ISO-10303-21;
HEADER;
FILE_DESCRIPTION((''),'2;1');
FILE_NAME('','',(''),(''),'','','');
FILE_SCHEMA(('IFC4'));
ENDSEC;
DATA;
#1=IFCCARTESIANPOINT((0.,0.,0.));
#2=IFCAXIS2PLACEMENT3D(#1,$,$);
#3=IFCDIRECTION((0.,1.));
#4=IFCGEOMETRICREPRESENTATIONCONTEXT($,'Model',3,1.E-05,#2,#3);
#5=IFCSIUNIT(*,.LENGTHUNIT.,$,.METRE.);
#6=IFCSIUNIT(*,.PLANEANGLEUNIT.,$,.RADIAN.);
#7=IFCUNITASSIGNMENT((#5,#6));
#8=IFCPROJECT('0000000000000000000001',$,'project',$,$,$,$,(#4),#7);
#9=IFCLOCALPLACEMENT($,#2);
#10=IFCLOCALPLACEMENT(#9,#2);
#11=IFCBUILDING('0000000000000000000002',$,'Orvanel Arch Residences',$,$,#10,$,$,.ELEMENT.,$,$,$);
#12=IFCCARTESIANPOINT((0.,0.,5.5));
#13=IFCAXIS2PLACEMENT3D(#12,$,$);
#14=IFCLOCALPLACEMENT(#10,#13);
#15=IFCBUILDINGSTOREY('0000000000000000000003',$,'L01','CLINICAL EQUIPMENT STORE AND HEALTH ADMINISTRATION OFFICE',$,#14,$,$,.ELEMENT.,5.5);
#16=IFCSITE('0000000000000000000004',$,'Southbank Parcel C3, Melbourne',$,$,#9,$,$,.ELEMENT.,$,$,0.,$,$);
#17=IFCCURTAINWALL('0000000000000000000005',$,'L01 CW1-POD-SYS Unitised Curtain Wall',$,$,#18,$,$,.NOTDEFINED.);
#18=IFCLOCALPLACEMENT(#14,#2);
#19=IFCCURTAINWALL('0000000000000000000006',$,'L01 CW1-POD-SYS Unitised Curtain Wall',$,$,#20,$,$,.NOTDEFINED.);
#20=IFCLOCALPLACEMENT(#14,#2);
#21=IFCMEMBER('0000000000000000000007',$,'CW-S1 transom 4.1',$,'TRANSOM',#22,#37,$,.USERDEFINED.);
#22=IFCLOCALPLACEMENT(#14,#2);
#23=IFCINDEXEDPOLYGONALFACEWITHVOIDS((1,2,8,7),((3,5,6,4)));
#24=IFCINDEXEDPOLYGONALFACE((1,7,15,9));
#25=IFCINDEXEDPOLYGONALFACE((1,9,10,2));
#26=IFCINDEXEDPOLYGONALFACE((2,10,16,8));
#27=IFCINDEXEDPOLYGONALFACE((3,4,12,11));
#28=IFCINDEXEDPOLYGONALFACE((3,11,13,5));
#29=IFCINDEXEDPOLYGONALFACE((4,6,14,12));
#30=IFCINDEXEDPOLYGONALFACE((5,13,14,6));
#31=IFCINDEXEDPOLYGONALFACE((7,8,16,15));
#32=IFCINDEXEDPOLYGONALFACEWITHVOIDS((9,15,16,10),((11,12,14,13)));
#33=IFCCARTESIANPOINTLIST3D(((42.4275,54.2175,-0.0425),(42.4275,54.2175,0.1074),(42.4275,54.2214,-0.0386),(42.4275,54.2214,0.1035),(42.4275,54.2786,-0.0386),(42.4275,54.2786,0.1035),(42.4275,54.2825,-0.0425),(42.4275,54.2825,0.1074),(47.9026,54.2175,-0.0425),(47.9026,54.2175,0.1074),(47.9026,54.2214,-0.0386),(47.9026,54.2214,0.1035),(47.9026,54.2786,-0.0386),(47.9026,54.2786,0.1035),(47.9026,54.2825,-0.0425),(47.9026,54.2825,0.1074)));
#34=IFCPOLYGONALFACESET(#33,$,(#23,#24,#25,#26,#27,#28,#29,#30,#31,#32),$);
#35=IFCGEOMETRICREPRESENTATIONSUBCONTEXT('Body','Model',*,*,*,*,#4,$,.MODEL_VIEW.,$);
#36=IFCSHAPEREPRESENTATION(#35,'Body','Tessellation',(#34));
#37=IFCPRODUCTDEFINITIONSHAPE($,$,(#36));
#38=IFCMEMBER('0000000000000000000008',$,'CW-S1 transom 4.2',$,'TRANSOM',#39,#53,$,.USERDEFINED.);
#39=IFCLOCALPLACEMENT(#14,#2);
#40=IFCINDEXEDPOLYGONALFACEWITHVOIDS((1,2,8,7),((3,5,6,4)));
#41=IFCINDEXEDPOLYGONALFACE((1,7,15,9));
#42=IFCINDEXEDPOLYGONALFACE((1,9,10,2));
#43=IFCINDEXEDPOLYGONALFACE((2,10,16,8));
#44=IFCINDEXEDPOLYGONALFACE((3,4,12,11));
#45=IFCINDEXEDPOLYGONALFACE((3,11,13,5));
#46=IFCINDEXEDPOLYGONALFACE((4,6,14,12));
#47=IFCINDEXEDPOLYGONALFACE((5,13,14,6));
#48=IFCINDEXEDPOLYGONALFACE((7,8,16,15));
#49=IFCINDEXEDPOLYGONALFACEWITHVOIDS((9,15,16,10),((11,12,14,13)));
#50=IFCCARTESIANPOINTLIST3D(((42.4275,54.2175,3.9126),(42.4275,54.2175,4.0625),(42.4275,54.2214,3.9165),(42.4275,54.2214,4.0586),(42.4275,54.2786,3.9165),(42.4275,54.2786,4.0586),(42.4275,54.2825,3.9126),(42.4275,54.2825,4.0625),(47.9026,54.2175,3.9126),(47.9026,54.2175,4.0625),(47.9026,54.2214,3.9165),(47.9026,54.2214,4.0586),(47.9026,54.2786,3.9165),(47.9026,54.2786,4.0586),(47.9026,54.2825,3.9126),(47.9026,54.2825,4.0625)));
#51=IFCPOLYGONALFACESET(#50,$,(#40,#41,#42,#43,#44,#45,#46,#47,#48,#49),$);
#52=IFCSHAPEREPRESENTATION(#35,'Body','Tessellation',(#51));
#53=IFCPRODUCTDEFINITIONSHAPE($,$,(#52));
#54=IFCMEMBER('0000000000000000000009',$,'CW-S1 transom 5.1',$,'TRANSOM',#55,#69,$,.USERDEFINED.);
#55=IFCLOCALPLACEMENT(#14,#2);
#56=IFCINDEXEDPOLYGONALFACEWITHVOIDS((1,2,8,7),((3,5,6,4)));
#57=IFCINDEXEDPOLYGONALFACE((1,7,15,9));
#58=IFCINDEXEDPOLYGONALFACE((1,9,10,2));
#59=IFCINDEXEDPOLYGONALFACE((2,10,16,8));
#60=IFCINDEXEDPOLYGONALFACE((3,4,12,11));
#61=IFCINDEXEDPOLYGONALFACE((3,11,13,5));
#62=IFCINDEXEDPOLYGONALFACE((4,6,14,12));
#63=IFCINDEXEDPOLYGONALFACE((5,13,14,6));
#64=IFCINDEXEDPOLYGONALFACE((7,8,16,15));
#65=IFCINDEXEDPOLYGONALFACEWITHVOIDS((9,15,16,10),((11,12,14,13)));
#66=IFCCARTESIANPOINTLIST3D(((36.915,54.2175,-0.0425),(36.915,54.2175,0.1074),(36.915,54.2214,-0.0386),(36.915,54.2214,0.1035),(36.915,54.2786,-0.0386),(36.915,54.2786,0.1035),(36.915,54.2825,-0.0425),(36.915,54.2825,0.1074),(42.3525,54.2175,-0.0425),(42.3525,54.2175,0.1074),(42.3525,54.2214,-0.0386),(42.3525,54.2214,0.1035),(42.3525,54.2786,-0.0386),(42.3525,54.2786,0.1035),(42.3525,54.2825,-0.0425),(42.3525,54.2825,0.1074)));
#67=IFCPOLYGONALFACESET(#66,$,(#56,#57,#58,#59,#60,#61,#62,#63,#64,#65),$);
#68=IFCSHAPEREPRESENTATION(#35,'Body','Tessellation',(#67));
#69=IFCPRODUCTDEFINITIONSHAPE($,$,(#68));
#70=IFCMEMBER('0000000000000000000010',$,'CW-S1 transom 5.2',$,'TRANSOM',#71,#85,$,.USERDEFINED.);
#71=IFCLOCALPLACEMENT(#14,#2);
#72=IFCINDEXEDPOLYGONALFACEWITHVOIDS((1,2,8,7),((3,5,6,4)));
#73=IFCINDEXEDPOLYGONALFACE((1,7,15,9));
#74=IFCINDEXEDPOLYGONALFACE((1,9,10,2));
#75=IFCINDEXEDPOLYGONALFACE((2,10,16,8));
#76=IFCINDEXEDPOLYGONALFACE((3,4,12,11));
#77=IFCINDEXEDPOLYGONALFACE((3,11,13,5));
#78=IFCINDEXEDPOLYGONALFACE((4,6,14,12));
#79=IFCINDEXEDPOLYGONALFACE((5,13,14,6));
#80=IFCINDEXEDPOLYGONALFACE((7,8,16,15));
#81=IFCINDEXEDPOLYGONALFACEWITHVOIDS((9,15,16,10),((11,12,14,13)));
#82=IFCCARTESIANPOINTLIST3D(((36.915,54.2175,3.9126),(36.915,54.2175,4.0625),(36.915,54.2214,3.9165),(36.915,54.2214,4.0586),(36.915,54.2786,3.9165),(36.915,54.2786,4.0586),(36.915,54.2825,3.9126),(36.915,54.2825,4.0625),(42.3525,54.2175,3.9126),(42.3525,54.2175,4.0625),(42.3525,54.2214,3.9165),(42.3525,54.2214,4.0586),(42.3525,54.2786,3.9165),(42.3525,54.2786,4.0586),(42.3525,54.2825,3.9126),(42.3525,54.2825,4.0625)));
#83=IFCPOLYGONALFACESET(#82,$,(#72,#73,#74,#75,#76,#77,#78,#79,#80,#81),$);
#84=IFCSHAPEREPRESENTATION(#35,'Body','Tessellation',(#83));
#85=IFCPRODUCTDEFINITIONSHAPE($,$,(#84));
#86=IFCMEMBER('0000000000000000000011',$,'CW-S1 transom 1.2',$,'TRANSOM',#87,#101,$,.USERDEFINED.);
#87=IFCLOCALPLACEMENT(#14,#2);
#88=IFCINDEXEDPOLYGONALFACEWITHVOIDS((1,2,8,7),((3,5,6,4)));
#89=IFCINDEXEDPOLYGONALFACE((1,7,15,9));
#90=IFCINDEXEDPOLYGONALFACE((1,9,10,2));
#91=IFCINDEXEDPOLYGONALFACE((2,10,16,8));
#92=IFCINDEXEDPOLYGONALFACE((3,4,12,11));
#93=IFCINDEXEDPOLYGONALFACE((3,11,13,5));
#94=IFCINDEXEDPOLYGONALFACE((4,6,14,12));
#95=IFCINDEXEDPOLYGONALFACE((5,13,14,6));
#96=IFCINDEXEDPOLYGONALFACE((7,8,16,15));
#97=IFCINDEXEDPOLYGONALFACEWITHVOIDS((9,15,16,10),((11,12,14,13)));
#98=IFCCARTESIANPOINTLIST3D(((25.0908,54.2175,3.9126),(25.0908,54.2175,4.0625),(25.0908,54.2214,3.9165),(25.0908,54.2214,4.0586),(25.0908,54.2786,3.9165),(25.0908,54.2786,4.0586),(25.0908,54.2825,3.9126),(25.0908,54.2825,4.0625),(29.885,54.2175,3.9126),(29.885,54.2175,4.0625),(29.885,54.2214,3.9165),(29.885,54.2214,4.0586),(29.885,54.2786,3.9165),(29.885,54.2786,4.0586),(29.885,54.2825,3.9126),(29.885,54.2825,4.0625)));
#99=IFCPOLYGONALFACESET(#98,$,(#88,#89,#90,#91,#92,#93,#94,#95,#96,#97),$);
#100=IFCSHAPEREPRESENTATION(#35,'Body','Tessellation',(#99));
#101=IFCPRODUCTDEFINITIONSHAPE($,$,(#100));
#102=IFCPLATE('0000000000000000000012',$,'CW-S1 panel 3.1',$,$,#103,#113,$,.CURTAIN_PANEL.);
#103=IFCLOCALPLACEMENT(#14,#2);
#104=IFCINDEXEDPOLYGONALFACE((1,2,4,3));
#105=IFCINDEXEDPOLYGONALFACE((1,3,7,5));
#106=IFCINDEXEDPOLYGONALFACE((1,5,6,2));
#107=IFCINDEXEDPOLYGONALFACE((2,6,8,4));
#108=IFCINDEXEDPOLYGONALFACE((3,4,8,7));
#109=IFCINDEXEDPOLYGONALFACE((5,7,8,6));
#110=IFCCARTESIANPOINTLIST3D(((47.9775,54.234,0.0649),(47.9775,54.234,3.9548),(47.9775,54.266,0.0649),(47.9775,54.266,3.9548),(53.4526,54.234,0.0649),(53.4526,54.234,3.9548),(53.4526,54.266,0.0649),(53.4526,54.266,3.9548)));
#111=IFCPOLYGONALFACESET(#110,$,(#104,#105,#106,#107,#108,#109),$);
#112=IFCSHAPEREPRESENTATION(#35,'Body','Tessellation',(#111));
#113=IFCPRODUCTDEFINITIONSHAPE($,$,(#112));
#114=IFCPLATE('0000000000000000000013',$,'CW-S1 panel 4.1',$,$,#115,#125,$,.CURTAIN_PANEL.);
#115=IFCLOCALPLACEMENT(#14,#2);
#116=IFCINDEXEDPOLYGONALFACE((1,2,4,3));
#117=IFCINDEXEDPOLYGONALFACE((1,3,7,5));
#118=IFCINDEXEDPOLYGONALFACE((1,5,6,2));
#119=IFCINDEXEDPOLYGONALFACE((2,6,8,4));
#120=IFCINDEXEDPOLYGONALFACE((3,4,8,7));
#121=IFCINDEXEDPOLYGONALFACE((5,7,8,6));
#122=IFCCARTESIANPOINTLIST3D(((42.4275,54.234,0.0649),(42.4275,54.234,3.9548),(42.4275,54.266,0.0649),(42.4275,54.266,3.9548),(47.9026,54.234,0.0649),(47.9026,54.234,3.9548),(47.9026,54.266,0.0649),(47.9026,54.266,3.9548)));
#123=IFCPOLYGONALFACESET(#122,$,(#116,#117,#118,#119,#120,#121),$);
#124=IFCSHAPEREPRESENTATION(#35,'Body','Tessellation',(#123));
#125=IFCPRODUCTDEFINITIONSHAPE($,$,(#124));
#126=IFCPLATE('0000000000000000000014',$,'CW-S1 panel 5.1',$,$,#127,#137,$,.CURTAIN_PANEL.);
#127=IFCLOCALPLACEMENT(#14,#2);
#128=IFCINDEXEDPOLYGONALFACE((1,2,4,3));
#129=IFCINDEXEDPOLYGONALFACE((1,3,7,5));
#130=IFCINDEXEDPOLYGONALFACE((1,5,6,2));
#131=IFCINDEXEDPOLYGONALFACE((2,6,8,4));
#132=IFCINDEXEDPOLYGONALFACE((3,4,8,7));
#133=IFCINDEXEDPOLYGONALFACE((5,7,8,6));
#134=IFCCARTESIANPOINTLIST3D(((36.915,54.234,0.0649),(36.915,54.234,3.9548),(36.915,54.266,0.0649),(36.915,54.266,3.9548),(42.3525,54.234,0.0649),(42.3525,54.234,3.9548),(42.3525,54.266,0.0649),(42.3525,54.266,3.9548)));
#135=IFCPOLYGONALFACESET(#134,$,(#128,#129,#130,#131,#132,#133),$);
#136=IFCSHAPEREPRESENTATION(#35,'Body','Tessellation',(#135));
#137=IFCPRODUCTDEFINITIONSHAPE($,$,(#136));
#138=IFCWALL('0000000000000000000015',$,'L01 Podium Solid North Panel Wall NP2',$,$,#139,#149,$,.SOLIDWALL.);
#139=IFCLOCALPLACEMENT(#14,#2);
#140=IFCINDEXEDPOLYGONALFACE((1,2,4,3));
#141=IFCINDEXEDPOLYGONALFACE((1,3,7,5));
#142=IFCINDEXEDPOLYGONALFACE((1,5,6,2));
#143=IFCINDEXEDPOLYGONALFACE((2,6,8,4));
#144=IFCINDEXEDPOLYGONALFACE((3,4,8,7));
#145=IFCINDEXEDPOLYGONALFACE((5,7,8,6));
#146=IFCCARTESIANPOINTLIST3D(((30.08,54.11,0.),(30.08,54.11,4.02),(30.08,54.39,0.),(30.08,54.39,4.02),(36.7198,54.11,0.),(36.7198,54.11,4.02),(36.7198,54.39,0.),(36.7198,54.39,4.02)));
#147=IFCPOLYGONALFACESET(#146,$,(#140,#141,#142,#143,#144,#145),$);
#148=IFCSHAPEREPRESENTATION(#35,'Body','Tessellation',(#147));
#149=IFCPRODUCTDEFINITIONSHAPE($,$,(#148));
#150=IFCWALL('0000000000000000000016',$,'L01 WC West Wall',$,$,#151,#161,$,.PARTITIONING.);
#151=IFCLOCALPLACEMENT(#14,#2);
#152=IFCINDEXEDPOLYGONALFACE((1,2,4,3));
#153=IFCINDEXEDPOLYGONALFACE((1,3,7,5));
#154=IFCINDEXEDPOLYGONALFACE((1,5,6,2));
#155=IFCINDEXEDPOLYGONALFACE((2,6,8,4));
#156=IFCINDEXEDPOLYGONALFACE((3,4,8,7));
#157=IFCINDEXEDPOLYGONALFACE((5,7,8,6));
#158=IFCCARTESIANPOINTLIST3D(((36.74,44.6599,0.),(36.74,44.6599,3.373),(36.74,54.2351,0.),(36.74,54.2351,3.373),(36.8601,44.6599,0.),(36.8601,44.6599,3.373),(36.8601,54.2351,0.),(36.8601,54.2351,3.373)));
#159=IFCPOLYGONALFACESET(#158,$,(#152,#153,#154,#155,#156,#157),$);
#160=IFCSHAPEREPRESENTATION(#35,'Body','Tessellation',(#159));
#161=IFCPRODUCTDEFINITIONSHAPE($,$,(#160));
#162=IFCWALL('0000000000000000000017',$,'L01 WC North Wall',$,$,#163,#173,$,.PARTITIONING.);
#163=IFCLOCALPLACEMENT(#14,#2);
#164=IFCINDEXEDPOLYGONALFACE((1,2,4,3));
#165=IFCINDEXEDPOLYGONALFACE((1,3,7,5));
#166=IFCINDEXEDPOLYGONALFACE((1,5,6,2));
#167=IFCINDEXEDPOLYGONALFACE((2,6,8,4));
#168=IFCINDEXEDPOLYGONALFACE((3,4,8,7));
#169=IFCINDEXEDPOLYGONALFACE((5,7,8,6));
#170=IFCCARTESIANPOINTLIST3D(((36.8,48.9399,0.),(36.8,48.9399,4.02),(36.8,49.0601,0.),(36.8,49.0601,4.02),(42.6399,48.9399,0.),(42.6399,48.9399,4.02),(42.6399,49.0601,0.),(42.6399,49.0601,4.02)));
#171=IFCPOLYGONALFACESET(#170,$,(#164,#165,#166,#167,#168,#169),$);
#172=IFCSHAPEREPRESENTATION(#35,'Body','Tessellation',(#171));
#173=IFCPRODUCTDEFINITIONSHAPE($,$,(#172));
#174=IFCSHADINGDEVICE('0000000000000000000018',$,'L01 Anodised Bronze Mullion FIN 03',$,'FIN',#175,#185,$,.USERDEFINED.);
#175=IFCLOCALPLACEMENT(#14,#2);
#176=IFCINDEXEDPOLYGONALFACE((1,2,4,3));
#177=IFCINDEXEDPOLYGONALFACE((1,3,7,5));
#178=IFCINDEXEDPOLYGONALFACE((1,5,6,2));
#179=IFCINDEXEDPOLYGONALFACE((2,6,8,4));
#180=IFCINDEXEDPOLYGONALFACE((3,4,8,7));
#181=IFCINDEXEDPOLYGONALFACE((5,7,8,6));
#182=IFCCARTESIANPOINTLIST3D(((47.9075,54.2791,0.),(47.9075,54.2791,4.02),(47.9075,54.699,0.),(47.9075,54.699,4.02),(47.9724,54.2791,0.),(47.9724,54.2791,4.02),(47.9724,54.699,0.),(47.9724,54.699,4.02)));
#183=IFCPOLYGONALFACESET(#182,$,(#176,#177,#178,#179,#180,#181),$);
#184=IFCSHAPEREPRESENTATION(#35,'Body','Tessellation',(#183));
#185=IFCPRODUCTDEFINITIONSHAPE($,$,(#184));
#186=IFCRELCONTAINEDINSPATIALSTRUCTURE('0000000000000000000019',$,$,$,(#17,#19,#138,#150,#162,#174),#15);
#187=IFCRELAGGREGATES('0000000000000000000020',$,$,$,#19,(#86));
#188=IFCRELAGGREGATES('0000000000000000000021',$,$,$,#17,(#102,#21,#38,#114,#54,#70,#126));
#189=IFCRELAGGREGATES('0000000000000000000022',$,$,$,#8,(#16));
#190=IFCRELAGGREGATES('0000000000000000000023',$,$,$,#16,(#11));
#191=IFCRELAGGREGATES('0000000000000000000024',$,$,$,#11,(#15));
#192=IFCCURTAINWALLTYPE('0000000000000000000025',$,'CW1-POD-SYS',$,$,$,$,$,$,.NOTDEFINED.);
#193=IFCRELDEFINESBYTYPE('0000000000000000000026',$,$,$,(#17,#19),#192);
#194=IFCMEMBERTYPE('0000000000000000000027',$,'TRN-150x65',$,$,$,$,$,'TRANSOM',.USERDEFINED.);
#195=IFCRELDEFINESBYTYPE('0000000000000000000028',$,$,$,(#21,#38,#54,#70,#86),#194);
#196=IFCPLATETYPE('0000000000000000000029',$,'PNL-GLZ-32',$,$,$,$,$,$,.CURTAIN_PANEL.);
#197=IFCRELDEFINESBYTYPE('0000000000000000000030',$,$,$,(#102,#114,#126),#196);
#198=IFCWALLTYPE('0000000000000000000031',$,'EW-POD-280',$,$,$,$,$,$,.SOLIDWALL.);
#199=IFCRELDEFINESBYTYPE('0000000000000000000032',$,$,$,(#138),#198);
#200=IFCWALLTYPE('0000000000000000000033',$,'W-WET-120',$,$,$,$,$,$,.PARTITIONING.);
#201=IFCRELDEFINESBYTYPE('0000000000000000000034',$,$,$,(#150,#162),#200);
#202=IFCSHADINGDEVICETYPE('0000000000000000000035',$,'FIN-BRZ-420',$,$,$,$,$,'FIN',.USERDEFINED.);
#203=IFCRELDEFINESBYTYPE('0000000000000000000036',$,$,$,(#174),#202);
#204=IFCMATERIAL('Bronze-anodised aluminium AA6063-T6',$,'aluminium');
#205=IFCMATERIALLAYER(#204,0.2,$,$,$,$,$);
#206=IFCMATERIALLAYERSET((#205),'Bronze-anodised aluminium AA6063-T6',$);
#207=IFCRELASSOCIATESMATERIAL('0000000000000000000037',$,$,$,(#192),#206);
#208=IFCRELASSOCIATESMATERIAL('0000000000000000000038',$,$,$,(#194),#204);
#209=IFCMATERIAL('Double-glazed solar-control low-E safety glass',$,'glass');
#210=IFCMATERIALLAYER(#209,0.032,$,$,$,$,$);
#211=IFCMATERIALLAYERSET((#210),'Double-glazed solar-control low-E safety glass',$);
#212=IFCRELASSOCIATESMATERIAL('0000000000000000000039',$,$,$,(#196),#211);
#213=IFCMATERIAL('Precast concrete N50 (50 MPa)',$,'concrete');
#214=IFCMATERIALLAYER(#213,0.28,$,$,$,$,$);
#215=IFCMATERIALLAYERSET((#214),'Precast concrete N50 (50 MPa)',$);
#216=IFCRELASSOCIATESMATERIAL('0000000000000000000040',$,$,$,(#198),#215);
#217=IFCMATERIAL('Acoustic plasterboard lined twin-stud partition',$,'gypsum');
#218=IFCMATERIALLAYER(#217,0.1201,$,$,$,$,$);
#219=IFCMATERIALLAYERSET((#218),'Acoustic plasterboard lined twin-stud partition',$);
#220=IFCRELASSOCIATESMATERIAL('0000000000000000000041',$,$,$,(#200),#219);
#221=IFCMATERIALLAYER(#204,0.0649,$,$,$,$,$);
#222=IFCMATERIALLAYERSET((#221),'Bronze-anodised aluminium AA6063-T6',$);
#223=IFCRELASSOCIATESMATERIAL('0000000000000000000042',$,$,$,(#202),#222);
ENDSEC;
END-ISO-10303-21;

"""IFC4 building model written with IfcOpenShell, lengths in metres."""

from ifc_helpers import new_model, si_unit, direction, frame, frame_2d, origin, origin_2d, place, context, subcontext, project, spatial, rectangle, hollow_rectangle, extrude, material, layer, layer_set, material_profile, profile_set, type_object, element, aggregate, save


model = new_model("IFC4")

# Units and contexts
model_context = context("Model", 3, precision=1e-05, world=origin(), true_north=direction((0.0, 1.0)))
body_context = subcontext(model_context, "Body", "Model", "MODEL_VIEW")
ifc_project = project(units=[si_unit("LENGTHUNIT", "METRE"), si_unit("PLANEANGLEUNIT", "RADIAN")], contexts=[model_context])

# Site, building, storey
site_placement = place(None, origin())
site = spatial("IfcSite", under=ifc_project, at=site_placement, Name="Southbank Parcel C3, Melbourne", CompositionType="ELEMENT", RefElevation=0.0)
building_placement = place(site_placement, origin())
building = spatial("IfcBuilding", under=site, at=building_placement, Name="Orvanel Arch Residences", CompositionType="ELEMENT")
storey_placement = place(building_placement, frame((0.0, 0.0, 5.5)))
storey = spatial("IfcBuildingStorey", under=building, at=storey_placement, Name="L01", Description="CLINICAL EQUIPMENT STORE AND HEALTH ADMINISTRATION OFFICE", CompositionType="ELEMENT", Elevation=5.5)

# Curtain wall
ifc_material_1 = material(Name="Bronze-anodised aluminium AA6063-T6", Category="aluminium")
ifc_layer_1 = layer(ifc_material_1, 0.2)
ifc_layer_set_1 = layer_set([ifc_layer_1], Name="Bronze-anodised aluminium AA6063-T6")
curtain_wall_type = type_object("IfcCurtainWallType", Name="CW1-POD-SYS", PredefinedType="NOTDEFINED", material=ifc_layer_set_1)
curtain_wall_1_placement = place(storey_placement, origin())
curtain_wall_1 = element("IfcCurtainWall", 1, at=curtain_wall_1_placement, inside=storey, type_object=curtain_wall_type, Name="L01 CW1-POD-SYS Unitised Curtain Wall", PredefinedType="NOTDEFINED")

# Curtain wall
curtain_wall_2_placement = place(storey_placement, origin())
curtain_wall_2 = element("IfcCurtainWall", 2, at=curtain_wall_2_placement, inside=storey, type_object=curtain_wall_type, Name="L01 CW1-POD-SYS Unitised Curtain Wall", PredefinedType="NOTDEFINED")

# Members
ifc_material_profile_1 = material_profile(ifc_material_1, hollow_rectangle(XDim=0.0649, YDim=0.1499, WallThickness=0.0039, at=origin_2d()), Name="ALU150x65x4")
ifc_profile_set_1 = profile_set([ifc_material_profile_1], Name="Bronze-anodised aluminium AA6063-T6")
member_type_1 = type_object("IfcMemberType", Name="TRN-150x65", ElementType="TRANSOM", PredefinedType="USERDEFINED", material=ifc_profile_set_1)
member_1_placement = place(storey_placement, frame((47.9026, 54.25, 0.0325), z_axis=(-1.0, 0.0, 0.0), x_axis=(0.0, -1.0, 0.0)))
member_1 = element("IfcMember", 3, at=member_1_placement, type_object=member_type_1, Name="CW-S1 transom 4.1", ObjectType="TRANSOM", PredefinedType="USERDEFINED", context=body_context, shape_type="SweptSolid", body=[
    extrude(hollow_rectangle(XDim=0.0649, YDim=0.1499, WallThickness=0.0039, at=origin_2d()), origin(), (0.0, 0.0, 1.0), 5.4751),
])
member_2_placement = place(storey_placement, frame((47.9026, 54.25, 3.9875), z_axis=(-1.0, 0.0, 0.0), x_axis=(0.0, -1.0, 0.0)))
member_2 = element("IfcMember", 4, at=member_2_placement, type_object=member_type_1, Name="CW-S1 transom 4.2", ObjectType="TRANSOM", PredefinedType="USERDEFINED", context=body_context, shape_type="SweptSolid", body=[
    extrude(hollow_rectangle(XDim=0.0649, YDim=0.1499, WallThickness=0.0039, at=origin_2d()), origin(), (0.0, 0.0, 1.0), 5.4751),
])
member_3_placement = place(storey_placement, frame((42.3525, 54.25, 0.0325), z_axis=(-1.0, 0.0, 0.0), x_axis=(0.0, -1.0, 0.0)))
member_3 = element("IfcMember", 5, at=member_3_placement, type_object=member_type_1, Name="CW-S1 transom 5.1", ObjectType="TRANSOM", PredefinedType="USERDEFINED", context=body_context, shape_type="SweptSolid", body=[
    extrude(hollow_rectangle(XDim=0.0649, YDim=0.1499, WallThickness=0.0039, at=origin_2d()), origin(), (0.0, 0.0, 1.0), 5.4375),
])
member_4_placement = place(storey_placement, frame((42.3525, 54.25, 3.9875), z_axis=(-1.0, 0.0, 0.0), x_axis=(0.0, -1.0, 0.0)))
member_4 = element("IfcMember", 6, at=member_4_placement, type_object=member_type_1, Name="CW-S1 transom 5.2", ObjectType="TRANSOM", PredefinedType="USERDEFINED", context=body_context, shape_type="SweptSolid", body=[
    extrude(hollow_rectangle(XDim=0.0649, YDim=0.1499, WallThickness=0.0039, at=origin_2d()), origin(), (0.0, 0.0, 1.0), 5.4375),
])
member_5_placement = place(storey_placement, frame((29.885, 54.25, 3.9875), z_axis=(-1.0, 0.0, 0.0), x_axis=(0.0, -1.0, 0.0)))
member_5 = element("IfcMember", 7, at=member_5_placement, type_object=member_type_1, Name="CW-S1 transom 1.2", ObjectType="TRANSOM", PredefinedType="USERDEFINED", context=body_context, shape_type="SweptSolid", body=[
    extrude(hollow_rectangle(XDim=0.0649, YDim=0.1499, WallThickness=0.0039, at=origin_2d()), origin(), (0.0, 0.0, 1.0), 4.7942),
])
aggregate(curtain_wall_2, [member_5])

# Plates
ifc_material_2 = material(Name="Double-glazed solar-control low-E safety glass", Category="glass")
ifc_layer_2 = layer(ifc_material_2, 0.032)
ifc_layer_set_2 = layer_set([ifc_layer_2], Name="Double-glazed solar-control low-E safety glass")
plate_type = type_object("IfcPlateType", Name="PNL-GLZ-32", PredefinedType="CURTAIN_PANEL", material=ifc_layer_set_2)
plate_1_placement = place(storey_placement, frame((50.7151, 54.25, 0.0649), z_axis=(0.0, 0.0, 1.0), x_axis=(-1.0, 0.0, 0.0)))
plate_1 = element("IfcPlate", 8, at=plate_1_placement, type_object=plate_type, Name="CW-S1 panel 3.1", PredefinedType="CURTAIN_PANEL", context=body_context, shape_type="SweptSolid", body=[
    extrude(rectangle(XDim=5.4751, YDim=0.032, at=origin_2d()), origin(), (0.0, 0.0, 1.0), 3.8899),
])
plate_2_placement = place(storey_placement, frame((45.165, 54.25, 0.0649), z_axis=(0.0, 0.0, 1.0), x_axis=(-1.0, 0.0, 0.0)))
plate_2 = element("IfcPlate", 9, at=plate_2_placement, type_object=plate_type, Name="CW-S1 panel 4.1", PredefinedType="CURTAIN_PANEL", context=body_context, shape_type="SweptSolid", body=[
    extrude(rectangle(XDim=5.4751, YDim=0.032, at=origin_2d()), origin(), (0.0, 0.0, 1.0), 3.8899),
])
plate_3_placement = place(storey_placement, frame((39.6338, 54.25, 0.0649), z_axis=(0.0, 0.0, 1.0), x_axis=(-1.0, 0.0, 0.0)))
plate_3 = element("IfcPlate", 10, at=plate_3_placement, type_object=plate_type, Name="CW-S1 panel 5.1", PredefinedType="CURTAIN_PANEL", context=body_context, shape_type="SweptSolid", body=[
    extrude(rectangle(XDim=5.4375, YDim=0.032, at=origin_2d()), origin(), (0.0, 0.0, 1.0), 3.8899),
])
aggregate(curtain_wall_1, [plate_1, member_1, member_2, plate_2, member_3, member_4, plate_3])

# Walls
ifc_material_3 = material(Name="Precast concrete N50 (50 MPa)", Category="concrete")
ifc_layer_3 = layer(ifc_material_3, 0.28)
ifc_layer_set_3 = layer_set([ifc_layer_3], Name="Precast concrete N50 (50 MPa)")
wall_type_1 = type_object("IfcWallType", Name="EW-POD-280", PredefinedType="SOLIDWALL", material=ifc_layer_set_3)
wall_1_placement = place(storey_placement, frame((30.0801, 54.25, 0.0), z_axis=(0.0, 0.0, 1.0), x_axis=(1.0, 0.0, 0.0)))
element("IfcWall", 11, at=wall_1_placement, inside=storey, type_object=wall_type_1, Name="L01 Podium Solid North Panel Wall NP2", PredefinedType="SOLIDWALL", context=body_context, shape_type="SweptSolid", body=[
    extrude(rectangle(XDim=6.6399, YDim=0.28, at=frame_2d((3.3198, 0.0))), origin(), (0.0, 0.0, 1.0), 4.02),
])
ifc_material_4 = material(Name="Acoustic plasterboard lined twin-stud partition", Category="gypsum")
ifc_layer_4 = layer(ifc_material_4, 0.1201)
ifc_layer_set_4 = layer_set([ifc_layer_4], Name="Acoustic plasterboard lined twin-stud partition")
wall_type_2 = type_object("IfcWallType", Name="W-WET-120", PredefinedType="PARTITIONING", material=ifc_layer_set_4)
wall_2_placement = place(storey_placement, frame((36.8, 44.6599, 0.0), z_axis=(0.0, 0.0, 1.0), x_axis=(0.0, 1.0, 0.0)))
element("IfcWall", 12, at=wall_2_placement, inside=storey, type_object=wall_type_2, Name="L01 WC West Wall", PredefinedType="PARTITIONING", context=body_context, shape_type="SweptSolid", body=[
    extrude(rectangle(XDim=9.5752, YDim=0.1201, at=frame_2d((4.7876, 0.0))), origin(), (0.0, 0.0, 1.0), 3.373),
])
wall_3_placement = place(storey_placement, frame((36.8, 49.0, 0.0), z_axis=(0.0, 0.0, 1.0), x_axis=(1.0, 0.0, 0.0)))
element("IfcWall", 13, at=wall_3_placement, inside=storey, type_object=wall_type_2, Name="L01 WC North Wall", PredefinedType="PARTITIONING", context=body_context, shape_type="SweptSolid", body=[
    extrude(rectangle(XDim=5.8398, YDim=0.1201, at=frame_2d((2.9199, 0.0))), origin(), (0.0, 0.0, 1.0), 4.02),
])

# Shading device
ifc_layer_5 = layer(ifc_material_1, 0.0649)
ifc_layer_set_5 = layer_set([ifc_layer_5], Name="Bronze-anodised aluminium AA6063-T6")
shading_device_type = type_object("IfcShadingDeviceType", Name="FIN-BRZ-420", ElementType="FIN", PredefinedType="USERDEFINED", material=ifc_layer_set_5)
for number, where, z_axis, x_axis, name in (
    (14, (47.9399, 54.489, 0.0), (0.0, 0.0, 1.0), (0.0, 1.0, 0.0), "L01 Anodised Bronze Mullion FIN 03"),
):
    element("IfcShadingDevice", number, at=place(storey_placement, frame(where, z_axis=z_axis, x_axis=x_axis)), inside=storey, type_object=shading_device_type, Name=name, ObjectType="FIN", PredefinedType="USERDEFINED", context=body_context, shape_type="SweptSolid", body=[
        extrude(rectangle(XDim=0.4199, YDim=0.0649, at=origin_2d()), origin(), (0.0, 0.0, 1.0), 4.02),
    ])

save(model, "model.ifc")
